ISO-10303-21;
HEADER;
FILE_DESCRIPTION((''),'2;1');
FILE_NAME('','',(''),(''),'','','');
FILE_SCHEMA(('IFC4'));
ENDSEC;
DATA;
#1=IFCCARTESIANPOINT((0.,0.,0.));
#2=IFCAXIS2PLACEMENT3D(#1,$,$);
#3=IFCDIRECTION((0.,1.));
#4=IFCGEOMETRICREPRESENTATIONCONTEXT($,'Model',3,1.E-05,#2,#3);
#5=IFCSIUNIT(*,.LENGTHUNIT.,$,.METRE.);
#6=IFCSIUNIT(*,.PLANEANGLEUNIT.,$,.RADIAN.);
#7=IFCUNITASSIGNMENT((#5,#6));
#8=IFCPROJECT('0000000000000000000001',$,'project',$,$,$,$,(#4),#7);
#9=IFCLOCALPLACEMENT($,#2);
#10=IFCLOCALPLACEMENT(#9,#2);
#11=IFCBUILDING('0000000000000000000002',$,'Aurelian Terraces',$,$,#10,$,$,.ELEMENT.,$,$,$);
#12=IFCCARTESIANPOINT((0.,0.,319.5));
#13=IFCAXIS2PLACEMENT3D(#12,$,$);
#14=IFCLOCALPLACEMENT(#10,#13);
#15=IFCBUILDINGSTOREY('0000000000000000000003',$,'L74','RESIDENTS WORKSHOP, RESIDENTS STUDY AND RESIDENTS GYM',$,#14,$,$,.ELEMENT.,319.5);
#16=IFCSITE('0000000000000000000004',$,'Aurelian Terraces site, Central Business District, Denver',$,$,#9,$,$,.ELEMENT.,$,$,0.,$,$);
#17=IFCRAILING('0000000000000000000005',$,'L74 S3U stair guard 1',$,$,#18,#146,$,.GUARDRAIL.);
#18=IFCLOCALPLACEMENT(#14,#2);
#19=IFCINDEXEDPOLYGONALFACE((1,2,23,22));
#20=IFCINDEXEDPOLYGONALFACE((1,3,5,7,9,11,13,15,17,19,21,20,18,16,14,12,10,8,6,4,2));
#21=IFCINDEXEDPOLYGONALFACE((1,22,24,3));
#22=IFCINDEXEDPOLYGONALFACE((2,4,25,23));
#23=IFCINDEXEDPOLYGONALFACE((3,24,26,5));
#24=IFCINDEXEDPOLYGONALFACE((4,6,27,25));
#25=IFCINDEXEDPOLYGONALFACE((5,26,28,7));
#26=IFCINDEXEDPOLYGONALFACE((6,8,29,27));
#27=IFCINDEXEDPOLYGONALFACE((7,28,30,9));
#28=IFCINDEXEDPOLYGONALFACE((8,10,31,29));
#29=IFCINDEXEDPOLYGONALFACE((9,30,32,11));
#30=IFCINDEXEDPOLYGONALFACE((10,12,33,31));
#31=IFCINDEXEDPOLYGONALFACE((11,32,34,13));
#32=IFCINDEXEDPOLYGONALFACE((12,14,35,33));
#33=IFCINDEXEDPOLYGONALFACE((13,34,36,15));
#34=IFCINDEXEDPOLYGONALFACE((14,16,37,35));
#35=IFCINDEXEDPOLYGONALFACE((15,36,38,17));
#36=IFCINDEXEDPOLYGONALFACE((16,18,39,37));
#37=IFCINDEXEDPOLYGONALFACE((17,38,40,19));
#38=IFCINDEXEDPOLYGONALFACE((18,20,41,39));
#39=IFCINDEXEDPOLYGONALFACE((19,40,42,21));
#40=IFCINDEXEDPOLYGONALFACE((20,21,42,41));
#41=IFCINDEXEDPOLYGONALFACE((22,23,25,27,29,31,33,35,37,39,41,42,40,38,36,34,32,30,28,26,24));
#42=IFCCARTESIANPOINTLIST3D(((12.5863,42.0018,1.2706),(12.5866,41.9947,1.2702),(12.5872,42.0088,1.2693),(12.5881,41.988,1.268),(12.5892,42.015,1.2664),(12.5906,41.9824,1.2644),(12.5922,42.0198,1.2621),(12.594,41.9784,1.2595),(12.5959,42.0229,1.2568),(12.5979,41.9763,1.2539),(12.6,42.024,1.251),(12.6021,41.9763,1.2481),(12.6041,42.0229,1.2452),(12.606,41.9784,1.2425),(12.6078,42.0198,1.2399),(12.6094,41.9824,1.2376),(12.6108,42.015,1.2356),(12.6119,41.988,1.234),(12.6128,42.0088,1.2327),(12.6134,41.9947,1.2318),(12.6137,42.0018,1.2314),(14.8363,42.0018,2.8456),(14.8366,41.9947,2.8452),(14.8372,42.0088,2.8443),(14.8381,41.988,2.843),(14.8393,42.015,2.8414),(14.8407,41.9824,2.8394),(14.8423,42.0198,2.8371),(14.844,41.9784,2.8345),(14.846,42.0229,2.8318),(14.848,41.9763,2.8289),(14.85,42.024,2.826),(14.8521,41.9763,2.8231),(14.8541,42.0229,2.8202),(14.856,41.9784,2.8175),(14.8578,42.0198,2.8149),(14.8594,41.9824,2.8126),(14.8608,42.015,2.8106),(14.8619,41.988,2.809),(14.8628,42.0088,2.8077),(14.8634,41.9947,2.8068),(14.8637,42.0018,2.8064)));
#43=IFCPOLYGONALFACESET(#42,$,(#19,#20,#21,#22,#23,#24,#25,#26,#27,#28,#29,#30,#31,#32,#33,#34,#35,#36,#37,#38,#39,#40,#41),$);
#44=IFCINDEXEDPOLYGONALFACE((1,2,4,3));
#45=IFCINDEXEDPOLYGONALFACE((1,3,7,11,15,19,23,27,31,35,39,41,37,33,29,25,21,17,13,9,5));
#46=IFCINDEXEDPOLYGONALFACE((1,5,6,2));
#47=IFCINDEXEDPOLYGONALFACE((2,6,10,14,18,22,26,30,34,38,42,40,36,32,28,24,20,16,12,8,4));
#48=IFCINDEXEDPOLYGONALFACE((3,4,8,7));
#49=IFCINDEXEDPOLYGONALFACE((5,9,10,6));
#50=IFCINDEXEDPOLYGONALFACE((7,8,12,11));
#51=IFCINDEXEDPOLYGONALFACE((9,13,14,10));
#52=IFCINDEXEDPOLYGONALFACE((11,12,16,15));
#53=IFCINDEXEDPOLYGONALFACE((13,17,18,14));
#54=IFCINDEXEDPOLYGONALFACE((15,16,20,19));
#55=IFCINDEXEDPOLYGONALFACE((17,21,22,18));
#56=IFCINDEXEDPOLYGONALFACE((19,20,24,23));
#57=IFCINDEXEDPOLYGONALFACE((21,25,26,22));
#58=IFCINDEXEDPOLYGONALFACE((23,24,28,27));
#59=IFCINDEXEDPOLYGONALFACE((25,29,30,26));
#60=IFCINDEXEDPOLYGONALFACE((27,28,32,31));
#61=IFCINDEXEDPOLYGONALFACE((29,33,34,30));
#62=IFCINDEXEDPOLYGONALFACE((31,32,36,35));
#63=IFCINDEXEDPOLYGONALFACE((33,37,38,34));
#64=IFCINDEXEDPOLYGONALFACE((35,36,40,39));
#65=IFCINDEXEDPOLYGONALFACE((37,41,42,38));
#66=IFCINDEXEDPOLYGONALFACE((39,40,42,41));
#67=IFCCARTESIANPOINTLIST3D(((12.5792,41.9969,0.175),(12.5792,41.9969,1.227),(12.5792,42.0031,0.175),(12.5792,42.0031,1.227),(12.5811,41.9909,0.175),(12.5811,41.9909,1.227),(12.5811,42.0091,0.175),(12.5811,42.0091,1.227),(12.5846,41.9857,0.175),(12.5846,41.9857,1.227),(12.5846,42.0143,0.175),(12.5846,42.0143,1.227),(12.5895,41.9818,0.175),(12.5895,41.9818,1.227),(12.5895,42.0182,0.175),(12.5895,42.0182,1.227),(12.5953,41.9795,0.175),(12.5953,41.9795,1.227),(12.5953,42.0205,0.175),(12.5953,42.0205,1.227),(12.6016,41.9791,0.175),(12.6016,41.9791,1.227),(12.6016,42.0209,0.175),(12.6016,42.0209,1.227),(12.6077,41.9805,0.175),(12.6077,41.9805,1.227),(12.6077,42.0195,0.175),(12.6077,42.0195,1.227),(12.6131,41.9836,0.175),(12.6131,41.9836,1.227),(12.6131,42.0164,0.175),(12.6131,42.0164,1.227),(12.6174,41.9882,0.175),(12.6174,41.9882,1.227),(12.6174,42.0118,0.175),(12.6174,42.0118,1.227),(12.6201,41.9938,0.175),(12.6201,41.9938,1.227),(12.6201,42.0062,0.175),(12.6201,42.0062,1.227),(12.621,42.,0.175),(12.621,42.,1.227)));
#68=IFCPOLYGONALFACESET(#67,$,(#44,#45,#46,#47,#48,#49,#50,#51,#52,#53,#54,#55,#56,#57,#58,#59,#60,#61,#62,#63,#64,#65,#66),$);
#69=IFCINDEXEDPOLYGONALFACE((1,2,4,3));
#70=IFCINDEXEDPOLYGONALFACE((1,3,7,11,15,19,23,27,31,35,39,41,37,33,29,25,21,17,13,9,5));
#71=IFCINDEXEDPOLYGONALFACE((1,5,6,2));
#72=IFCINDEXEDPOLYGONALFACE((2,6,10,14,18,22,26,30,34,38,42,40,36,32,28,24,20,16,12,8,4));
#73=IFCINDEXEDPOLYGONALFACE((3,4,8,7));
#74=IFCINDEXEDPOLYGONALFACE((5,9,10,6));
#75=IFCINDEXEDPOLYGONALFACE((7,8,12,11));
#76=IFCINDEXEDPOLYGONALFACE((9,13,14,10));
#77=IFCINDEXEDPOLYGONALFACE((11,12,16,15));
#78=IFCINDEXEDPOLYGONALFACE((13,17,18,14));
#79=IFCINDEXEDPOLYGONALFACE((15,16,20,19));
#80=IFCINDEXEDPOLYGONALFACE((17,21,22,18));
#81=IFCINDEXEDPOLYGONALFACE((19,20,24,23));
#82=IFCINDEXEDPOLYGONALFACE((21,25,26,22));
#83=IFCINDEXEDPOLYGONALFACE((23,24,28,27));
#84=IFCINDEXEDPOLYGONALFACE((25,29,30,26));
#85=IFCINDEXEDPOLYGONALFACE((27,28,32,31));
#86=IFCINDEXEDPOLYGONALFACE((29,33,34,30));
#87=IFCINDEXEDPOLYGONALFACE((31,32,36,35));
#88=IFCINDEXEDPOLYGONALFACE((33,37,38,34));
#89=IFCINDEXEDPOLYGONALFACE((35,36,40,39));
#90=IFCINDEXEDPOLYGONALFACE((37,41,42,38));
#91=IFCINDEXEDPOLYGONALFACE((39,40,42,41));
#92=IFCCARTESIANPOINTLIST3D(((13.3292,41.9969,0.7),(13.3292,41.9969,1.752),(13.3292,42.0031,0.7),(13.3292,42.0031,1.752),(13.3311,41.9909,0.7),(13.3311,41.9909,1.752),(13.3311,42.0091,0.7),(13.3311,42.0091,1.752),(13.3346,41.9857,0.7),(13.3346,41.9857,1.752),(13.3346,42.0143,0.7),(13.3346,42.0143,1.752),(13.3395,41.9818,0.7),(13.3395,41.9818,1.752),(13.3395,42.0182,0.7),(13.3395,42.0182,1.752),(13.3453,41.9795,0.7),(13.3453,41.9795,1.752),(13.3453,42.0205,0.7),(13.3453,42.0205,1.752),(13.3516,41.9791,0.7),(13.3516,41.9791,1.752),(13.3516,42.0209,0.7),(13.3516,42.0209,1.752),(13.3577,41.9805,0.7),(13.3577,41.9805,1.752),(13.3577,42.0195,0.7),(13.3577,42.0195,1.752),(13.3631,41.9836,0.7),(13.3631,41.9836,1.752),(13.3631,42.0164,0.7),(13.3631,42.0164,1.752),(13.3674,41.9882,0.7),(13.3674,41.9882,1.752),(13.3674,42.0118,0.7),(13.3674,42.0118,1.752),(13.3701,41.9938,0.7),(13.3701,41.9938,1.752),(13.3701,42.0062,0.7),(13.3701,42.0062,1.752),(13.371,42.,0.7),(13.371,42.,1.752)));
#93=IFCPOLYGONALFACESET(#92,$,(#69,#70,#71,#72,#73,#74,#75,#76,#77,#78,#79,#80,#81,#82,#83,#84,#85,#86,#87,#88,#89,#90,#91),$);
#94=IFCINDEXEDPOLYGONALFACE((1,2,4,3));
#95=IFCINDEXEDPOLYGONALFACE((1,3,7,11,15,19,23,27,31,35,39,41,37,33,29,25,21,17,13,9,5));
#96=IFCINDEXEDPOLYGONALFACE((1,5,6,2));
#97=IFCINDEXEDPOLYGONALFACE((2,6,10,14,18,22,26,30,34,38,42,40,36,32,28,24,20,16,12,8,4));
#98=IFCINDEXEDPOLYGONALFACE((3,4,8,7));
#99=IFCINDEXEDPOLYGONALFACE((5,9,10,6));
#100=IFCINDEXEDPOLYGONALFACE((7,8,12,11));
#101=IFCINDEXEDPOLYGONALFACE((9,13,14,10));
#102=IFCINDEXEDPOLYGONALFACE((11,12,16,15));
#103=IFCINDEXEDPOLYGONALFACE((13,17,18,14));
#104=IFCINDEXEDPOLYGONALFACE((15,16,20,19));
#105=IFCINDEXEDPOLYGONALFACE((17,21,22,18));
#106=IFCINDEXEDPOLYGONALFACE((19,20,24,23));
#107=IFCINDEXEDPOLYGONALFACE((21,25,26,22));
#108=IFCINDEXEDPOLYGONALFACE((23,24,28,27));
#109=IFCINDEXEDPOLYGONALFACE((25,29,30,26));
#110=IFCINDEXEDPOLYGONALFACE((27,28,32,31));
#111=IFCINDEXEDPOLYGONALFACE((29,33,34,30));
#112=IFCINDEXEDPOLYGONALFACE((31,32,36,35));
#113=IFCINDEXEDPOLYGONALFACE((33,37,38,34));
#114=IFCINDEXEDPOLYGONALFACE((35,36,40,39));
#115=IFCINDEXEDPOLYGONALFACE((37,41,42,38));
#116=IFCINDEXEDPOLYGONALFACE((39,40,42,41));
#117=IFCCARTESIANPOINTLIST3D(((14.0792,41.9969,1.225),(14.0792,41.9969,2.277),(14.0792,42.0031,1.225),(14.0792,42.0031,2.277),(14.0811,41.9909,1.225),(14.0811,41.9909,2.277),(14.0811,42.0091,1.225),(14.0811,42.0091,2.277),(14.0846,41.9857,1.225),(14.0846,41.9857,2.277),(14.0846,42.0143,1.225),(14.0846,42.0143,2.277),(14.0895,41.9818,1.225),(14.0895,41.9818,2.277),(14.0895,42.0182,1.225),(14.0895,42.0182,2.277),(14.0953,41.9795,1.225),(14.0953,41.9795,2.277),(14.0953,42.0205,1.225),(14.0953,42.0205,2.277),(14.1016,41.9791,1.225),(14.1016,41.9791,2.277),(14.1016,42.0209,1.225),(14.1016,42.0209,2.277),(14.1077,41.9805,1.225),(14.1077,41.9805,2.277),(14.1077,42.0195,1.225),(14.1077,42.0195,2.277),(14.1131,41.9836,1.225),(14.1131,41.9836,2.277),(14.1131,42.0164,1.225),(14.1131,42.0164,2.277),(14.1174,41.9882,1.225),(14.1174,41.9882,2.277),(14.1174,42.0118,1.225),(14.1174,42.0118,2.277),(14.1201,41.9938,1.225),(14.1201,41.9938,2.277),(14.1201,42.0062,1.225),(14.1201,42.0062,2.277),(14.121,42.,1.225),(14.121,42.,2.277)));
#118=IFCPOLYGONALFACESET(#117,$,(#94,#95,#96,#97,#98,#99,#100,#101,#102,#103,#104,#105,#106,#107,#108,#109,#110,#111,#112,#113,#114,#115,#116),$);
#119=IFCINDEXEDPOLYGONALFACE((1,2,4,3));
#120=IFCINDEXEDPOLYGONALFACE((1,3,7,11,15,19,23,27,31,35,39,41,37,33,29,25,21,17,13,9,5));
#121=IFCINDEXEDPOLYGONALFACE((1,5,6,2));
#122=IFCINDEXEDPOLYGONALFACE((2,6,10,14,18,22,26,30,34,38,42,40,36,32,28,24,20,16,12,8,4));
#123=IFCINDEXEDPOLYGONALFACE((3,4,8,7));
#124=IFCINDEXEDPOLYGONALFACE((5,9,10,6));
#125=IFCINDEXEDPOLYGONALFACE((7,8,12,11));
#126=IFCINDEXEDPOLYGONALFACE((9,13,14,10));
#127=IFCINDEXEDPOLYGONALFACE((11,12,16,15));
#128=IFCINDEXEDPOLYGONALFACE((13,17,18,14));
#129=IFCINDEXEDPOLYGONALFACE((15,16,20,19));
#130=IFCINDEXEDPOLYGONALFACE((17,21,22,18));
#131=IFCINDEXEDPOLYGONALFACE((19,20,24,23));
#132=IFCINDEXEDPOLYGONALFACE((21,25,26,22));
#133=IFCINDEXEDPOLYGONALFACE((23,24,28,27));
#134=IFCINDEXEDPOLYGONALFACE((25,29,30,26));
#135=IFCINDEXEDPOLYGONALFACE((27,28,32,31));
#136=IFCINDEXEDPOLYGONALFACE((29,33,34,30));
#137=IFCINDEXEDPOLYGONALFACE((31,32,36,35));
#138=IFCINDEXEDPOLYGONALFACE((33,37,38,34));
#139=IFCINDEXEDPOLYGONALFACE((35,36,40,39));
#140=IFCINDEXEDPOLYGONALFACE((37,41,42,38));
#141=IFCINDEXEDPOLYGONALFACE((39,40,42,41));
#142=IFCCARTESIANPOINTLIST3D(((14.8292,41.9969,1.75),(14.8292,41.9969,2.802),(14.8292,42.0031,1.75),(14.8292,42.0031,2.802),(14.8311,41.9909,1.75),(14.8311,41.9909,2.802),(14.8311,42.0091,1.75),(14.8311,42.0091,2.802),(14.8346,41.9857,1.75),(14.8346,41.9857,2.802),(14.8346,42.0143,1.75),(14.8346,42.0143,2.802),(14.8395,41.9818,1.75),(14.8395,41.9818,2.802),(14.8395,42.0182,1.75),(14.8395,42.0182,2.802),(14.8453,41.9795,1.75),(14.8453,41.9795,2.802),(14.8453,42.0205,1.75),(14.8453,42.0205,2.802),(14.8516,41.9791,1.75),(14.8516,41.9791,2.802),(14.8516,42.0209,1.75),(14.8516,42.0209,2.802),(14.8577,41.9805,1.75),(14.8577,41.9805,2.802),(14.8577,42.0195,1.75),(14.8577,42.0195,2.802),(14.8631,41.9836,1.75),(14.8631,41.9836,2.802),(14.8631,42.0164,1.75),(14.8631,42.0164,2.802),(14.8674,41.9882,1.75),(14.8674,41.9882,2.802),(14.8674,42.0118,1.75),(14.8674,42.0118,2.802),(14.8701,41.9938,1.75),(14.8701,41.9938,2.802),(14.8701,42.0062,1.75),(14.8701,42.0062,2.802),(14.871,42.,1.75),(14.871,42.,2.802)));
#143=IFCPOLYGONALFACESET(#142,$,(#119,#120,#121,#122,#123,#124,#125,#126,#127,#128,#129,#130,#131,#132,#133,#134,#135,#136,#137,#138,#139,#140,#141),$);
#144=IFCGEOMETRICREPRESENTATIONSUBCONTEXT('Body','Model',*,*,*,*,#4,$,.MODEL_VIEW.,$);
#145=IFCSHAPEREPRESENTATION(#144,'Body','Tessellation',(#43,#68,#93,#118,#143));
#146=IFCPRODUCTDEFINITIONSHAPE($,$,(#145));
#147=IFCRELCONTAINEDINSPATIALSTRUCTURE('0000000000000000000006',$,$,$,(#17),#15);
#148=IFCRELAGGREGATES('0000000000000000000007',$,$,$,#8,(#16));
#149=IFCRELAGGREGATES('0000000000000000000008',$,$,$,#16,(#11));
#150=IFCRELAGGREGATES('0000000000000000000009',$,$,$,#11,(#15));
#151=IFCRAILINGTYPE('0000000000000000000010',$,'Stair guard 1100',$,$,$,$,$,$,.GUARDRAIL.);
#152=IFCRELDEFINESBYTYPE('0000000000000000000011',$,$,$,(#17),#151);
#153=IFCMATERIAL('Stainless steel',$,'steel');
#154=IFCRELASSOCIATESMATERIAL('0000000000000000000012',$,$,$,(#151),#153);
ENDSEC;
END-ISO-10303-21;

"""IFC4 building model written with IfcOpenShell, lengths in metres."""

from ifc_helpers import new_model, si_unit, direction, frame, origin, origin_2d, place, context, subcontext, project, spatial, circle, extrude, source, transform, mapped, material, type_object, element, save


model = new_model("IFC4")

# Units and contexts
model_context = context("Model", 3, precision=1e-05, world=origin(), true_north=direction((0.0, 1.0)))
body_context = subcontext(model_context, "Body", "Model", "MODEL_VIEW")
ifc_project = project(units=[si_unit("LENGTHUNIT", "METRE"), si_unit("PLANEANGLEUNIT", "RADIAN")], contexts=[model_context])

# Site, building, storey
site_placement = place(None, origin())
site = spatial("IfcSite", under=ifc_project, at=site_placement, Name="Aurelian Terraces site, Central Business District, Denver", CompositionType="ELEMENT", RefElevation=0.0)
building_placement = place(site_placement, origin())
building = spatial("IfcBuilding", under=site, at=building_placement, Name="Aurelian Terraces", CompositionType="ELEMENT")
storey_placement = place(building_placement, frame((0.0, 0.0, 319.5)))
storey = spatial("IfcBuildingStorey", under=building, at=storey_placement, Name="L74", Description="RESIDENTS WORKSHOP, RESIDENTS STUDY AND RESIDENTS GYM", CompositionType="ELEMENT", Elevation=319.5)

# Railing
ifc_material_1 = material(Name="Stainless steel", Category="steel")
railing_type_1 = type_object("IfcRailingType", Name="Stair guard 1100", PredefinedType="GUARDRAIL", material=ifc_material_1)
shared_shape_1 = source(origin(), body_context, "Body", "SweptSolid", [
    extrude(circle(Radius=0.024, at=origin_2d()), frame((0.0, 0.0, 1.076), z_axis=(0.819232, 0.0, 0.573462), x_axis=(0.0, 1.0, 0.0)), (0.0, 0.0, 1.0), 2.7465),
    extrude(circle(Radius=0.021, at=origin_2d()), origin(), (0.0, 0.0, 1.0), 1.052),
    extrude(circle(Radius=0.021, at=origin_2d()), frame((0.75, 0.0, 0.525)), (0.0, 0.0, 1.0), 1.052),
    extrude(circle(Radius=0.021, at=origin_2d()), frame((1.5, 0.0, 1.05)), (0.0, 0.0, 1.0), 1.052),
    extrude(circle(Radius=0.021, at=origin_2d()), frame((2.25, 0.0, 1.575)), (0.0, 0.0, 1.0), 1.052),
])
railing_1_placement = place(storey_placement, frame((12.6, 42.0, 0.175)))
element("IfcRailing", 1, at=railing_1_placement, inside=storey, type_object=railing_type_1, Name="L74 S3U stair guard 1", PredefinedType="GUARDRAIL", context=body_context, shape_type="MappedRepresentation", body=[
    mapped(shared_shape_1, transform((0.0, 0.0, 0.0), scale=1.0)),
])

save(model, "model.ifc")
